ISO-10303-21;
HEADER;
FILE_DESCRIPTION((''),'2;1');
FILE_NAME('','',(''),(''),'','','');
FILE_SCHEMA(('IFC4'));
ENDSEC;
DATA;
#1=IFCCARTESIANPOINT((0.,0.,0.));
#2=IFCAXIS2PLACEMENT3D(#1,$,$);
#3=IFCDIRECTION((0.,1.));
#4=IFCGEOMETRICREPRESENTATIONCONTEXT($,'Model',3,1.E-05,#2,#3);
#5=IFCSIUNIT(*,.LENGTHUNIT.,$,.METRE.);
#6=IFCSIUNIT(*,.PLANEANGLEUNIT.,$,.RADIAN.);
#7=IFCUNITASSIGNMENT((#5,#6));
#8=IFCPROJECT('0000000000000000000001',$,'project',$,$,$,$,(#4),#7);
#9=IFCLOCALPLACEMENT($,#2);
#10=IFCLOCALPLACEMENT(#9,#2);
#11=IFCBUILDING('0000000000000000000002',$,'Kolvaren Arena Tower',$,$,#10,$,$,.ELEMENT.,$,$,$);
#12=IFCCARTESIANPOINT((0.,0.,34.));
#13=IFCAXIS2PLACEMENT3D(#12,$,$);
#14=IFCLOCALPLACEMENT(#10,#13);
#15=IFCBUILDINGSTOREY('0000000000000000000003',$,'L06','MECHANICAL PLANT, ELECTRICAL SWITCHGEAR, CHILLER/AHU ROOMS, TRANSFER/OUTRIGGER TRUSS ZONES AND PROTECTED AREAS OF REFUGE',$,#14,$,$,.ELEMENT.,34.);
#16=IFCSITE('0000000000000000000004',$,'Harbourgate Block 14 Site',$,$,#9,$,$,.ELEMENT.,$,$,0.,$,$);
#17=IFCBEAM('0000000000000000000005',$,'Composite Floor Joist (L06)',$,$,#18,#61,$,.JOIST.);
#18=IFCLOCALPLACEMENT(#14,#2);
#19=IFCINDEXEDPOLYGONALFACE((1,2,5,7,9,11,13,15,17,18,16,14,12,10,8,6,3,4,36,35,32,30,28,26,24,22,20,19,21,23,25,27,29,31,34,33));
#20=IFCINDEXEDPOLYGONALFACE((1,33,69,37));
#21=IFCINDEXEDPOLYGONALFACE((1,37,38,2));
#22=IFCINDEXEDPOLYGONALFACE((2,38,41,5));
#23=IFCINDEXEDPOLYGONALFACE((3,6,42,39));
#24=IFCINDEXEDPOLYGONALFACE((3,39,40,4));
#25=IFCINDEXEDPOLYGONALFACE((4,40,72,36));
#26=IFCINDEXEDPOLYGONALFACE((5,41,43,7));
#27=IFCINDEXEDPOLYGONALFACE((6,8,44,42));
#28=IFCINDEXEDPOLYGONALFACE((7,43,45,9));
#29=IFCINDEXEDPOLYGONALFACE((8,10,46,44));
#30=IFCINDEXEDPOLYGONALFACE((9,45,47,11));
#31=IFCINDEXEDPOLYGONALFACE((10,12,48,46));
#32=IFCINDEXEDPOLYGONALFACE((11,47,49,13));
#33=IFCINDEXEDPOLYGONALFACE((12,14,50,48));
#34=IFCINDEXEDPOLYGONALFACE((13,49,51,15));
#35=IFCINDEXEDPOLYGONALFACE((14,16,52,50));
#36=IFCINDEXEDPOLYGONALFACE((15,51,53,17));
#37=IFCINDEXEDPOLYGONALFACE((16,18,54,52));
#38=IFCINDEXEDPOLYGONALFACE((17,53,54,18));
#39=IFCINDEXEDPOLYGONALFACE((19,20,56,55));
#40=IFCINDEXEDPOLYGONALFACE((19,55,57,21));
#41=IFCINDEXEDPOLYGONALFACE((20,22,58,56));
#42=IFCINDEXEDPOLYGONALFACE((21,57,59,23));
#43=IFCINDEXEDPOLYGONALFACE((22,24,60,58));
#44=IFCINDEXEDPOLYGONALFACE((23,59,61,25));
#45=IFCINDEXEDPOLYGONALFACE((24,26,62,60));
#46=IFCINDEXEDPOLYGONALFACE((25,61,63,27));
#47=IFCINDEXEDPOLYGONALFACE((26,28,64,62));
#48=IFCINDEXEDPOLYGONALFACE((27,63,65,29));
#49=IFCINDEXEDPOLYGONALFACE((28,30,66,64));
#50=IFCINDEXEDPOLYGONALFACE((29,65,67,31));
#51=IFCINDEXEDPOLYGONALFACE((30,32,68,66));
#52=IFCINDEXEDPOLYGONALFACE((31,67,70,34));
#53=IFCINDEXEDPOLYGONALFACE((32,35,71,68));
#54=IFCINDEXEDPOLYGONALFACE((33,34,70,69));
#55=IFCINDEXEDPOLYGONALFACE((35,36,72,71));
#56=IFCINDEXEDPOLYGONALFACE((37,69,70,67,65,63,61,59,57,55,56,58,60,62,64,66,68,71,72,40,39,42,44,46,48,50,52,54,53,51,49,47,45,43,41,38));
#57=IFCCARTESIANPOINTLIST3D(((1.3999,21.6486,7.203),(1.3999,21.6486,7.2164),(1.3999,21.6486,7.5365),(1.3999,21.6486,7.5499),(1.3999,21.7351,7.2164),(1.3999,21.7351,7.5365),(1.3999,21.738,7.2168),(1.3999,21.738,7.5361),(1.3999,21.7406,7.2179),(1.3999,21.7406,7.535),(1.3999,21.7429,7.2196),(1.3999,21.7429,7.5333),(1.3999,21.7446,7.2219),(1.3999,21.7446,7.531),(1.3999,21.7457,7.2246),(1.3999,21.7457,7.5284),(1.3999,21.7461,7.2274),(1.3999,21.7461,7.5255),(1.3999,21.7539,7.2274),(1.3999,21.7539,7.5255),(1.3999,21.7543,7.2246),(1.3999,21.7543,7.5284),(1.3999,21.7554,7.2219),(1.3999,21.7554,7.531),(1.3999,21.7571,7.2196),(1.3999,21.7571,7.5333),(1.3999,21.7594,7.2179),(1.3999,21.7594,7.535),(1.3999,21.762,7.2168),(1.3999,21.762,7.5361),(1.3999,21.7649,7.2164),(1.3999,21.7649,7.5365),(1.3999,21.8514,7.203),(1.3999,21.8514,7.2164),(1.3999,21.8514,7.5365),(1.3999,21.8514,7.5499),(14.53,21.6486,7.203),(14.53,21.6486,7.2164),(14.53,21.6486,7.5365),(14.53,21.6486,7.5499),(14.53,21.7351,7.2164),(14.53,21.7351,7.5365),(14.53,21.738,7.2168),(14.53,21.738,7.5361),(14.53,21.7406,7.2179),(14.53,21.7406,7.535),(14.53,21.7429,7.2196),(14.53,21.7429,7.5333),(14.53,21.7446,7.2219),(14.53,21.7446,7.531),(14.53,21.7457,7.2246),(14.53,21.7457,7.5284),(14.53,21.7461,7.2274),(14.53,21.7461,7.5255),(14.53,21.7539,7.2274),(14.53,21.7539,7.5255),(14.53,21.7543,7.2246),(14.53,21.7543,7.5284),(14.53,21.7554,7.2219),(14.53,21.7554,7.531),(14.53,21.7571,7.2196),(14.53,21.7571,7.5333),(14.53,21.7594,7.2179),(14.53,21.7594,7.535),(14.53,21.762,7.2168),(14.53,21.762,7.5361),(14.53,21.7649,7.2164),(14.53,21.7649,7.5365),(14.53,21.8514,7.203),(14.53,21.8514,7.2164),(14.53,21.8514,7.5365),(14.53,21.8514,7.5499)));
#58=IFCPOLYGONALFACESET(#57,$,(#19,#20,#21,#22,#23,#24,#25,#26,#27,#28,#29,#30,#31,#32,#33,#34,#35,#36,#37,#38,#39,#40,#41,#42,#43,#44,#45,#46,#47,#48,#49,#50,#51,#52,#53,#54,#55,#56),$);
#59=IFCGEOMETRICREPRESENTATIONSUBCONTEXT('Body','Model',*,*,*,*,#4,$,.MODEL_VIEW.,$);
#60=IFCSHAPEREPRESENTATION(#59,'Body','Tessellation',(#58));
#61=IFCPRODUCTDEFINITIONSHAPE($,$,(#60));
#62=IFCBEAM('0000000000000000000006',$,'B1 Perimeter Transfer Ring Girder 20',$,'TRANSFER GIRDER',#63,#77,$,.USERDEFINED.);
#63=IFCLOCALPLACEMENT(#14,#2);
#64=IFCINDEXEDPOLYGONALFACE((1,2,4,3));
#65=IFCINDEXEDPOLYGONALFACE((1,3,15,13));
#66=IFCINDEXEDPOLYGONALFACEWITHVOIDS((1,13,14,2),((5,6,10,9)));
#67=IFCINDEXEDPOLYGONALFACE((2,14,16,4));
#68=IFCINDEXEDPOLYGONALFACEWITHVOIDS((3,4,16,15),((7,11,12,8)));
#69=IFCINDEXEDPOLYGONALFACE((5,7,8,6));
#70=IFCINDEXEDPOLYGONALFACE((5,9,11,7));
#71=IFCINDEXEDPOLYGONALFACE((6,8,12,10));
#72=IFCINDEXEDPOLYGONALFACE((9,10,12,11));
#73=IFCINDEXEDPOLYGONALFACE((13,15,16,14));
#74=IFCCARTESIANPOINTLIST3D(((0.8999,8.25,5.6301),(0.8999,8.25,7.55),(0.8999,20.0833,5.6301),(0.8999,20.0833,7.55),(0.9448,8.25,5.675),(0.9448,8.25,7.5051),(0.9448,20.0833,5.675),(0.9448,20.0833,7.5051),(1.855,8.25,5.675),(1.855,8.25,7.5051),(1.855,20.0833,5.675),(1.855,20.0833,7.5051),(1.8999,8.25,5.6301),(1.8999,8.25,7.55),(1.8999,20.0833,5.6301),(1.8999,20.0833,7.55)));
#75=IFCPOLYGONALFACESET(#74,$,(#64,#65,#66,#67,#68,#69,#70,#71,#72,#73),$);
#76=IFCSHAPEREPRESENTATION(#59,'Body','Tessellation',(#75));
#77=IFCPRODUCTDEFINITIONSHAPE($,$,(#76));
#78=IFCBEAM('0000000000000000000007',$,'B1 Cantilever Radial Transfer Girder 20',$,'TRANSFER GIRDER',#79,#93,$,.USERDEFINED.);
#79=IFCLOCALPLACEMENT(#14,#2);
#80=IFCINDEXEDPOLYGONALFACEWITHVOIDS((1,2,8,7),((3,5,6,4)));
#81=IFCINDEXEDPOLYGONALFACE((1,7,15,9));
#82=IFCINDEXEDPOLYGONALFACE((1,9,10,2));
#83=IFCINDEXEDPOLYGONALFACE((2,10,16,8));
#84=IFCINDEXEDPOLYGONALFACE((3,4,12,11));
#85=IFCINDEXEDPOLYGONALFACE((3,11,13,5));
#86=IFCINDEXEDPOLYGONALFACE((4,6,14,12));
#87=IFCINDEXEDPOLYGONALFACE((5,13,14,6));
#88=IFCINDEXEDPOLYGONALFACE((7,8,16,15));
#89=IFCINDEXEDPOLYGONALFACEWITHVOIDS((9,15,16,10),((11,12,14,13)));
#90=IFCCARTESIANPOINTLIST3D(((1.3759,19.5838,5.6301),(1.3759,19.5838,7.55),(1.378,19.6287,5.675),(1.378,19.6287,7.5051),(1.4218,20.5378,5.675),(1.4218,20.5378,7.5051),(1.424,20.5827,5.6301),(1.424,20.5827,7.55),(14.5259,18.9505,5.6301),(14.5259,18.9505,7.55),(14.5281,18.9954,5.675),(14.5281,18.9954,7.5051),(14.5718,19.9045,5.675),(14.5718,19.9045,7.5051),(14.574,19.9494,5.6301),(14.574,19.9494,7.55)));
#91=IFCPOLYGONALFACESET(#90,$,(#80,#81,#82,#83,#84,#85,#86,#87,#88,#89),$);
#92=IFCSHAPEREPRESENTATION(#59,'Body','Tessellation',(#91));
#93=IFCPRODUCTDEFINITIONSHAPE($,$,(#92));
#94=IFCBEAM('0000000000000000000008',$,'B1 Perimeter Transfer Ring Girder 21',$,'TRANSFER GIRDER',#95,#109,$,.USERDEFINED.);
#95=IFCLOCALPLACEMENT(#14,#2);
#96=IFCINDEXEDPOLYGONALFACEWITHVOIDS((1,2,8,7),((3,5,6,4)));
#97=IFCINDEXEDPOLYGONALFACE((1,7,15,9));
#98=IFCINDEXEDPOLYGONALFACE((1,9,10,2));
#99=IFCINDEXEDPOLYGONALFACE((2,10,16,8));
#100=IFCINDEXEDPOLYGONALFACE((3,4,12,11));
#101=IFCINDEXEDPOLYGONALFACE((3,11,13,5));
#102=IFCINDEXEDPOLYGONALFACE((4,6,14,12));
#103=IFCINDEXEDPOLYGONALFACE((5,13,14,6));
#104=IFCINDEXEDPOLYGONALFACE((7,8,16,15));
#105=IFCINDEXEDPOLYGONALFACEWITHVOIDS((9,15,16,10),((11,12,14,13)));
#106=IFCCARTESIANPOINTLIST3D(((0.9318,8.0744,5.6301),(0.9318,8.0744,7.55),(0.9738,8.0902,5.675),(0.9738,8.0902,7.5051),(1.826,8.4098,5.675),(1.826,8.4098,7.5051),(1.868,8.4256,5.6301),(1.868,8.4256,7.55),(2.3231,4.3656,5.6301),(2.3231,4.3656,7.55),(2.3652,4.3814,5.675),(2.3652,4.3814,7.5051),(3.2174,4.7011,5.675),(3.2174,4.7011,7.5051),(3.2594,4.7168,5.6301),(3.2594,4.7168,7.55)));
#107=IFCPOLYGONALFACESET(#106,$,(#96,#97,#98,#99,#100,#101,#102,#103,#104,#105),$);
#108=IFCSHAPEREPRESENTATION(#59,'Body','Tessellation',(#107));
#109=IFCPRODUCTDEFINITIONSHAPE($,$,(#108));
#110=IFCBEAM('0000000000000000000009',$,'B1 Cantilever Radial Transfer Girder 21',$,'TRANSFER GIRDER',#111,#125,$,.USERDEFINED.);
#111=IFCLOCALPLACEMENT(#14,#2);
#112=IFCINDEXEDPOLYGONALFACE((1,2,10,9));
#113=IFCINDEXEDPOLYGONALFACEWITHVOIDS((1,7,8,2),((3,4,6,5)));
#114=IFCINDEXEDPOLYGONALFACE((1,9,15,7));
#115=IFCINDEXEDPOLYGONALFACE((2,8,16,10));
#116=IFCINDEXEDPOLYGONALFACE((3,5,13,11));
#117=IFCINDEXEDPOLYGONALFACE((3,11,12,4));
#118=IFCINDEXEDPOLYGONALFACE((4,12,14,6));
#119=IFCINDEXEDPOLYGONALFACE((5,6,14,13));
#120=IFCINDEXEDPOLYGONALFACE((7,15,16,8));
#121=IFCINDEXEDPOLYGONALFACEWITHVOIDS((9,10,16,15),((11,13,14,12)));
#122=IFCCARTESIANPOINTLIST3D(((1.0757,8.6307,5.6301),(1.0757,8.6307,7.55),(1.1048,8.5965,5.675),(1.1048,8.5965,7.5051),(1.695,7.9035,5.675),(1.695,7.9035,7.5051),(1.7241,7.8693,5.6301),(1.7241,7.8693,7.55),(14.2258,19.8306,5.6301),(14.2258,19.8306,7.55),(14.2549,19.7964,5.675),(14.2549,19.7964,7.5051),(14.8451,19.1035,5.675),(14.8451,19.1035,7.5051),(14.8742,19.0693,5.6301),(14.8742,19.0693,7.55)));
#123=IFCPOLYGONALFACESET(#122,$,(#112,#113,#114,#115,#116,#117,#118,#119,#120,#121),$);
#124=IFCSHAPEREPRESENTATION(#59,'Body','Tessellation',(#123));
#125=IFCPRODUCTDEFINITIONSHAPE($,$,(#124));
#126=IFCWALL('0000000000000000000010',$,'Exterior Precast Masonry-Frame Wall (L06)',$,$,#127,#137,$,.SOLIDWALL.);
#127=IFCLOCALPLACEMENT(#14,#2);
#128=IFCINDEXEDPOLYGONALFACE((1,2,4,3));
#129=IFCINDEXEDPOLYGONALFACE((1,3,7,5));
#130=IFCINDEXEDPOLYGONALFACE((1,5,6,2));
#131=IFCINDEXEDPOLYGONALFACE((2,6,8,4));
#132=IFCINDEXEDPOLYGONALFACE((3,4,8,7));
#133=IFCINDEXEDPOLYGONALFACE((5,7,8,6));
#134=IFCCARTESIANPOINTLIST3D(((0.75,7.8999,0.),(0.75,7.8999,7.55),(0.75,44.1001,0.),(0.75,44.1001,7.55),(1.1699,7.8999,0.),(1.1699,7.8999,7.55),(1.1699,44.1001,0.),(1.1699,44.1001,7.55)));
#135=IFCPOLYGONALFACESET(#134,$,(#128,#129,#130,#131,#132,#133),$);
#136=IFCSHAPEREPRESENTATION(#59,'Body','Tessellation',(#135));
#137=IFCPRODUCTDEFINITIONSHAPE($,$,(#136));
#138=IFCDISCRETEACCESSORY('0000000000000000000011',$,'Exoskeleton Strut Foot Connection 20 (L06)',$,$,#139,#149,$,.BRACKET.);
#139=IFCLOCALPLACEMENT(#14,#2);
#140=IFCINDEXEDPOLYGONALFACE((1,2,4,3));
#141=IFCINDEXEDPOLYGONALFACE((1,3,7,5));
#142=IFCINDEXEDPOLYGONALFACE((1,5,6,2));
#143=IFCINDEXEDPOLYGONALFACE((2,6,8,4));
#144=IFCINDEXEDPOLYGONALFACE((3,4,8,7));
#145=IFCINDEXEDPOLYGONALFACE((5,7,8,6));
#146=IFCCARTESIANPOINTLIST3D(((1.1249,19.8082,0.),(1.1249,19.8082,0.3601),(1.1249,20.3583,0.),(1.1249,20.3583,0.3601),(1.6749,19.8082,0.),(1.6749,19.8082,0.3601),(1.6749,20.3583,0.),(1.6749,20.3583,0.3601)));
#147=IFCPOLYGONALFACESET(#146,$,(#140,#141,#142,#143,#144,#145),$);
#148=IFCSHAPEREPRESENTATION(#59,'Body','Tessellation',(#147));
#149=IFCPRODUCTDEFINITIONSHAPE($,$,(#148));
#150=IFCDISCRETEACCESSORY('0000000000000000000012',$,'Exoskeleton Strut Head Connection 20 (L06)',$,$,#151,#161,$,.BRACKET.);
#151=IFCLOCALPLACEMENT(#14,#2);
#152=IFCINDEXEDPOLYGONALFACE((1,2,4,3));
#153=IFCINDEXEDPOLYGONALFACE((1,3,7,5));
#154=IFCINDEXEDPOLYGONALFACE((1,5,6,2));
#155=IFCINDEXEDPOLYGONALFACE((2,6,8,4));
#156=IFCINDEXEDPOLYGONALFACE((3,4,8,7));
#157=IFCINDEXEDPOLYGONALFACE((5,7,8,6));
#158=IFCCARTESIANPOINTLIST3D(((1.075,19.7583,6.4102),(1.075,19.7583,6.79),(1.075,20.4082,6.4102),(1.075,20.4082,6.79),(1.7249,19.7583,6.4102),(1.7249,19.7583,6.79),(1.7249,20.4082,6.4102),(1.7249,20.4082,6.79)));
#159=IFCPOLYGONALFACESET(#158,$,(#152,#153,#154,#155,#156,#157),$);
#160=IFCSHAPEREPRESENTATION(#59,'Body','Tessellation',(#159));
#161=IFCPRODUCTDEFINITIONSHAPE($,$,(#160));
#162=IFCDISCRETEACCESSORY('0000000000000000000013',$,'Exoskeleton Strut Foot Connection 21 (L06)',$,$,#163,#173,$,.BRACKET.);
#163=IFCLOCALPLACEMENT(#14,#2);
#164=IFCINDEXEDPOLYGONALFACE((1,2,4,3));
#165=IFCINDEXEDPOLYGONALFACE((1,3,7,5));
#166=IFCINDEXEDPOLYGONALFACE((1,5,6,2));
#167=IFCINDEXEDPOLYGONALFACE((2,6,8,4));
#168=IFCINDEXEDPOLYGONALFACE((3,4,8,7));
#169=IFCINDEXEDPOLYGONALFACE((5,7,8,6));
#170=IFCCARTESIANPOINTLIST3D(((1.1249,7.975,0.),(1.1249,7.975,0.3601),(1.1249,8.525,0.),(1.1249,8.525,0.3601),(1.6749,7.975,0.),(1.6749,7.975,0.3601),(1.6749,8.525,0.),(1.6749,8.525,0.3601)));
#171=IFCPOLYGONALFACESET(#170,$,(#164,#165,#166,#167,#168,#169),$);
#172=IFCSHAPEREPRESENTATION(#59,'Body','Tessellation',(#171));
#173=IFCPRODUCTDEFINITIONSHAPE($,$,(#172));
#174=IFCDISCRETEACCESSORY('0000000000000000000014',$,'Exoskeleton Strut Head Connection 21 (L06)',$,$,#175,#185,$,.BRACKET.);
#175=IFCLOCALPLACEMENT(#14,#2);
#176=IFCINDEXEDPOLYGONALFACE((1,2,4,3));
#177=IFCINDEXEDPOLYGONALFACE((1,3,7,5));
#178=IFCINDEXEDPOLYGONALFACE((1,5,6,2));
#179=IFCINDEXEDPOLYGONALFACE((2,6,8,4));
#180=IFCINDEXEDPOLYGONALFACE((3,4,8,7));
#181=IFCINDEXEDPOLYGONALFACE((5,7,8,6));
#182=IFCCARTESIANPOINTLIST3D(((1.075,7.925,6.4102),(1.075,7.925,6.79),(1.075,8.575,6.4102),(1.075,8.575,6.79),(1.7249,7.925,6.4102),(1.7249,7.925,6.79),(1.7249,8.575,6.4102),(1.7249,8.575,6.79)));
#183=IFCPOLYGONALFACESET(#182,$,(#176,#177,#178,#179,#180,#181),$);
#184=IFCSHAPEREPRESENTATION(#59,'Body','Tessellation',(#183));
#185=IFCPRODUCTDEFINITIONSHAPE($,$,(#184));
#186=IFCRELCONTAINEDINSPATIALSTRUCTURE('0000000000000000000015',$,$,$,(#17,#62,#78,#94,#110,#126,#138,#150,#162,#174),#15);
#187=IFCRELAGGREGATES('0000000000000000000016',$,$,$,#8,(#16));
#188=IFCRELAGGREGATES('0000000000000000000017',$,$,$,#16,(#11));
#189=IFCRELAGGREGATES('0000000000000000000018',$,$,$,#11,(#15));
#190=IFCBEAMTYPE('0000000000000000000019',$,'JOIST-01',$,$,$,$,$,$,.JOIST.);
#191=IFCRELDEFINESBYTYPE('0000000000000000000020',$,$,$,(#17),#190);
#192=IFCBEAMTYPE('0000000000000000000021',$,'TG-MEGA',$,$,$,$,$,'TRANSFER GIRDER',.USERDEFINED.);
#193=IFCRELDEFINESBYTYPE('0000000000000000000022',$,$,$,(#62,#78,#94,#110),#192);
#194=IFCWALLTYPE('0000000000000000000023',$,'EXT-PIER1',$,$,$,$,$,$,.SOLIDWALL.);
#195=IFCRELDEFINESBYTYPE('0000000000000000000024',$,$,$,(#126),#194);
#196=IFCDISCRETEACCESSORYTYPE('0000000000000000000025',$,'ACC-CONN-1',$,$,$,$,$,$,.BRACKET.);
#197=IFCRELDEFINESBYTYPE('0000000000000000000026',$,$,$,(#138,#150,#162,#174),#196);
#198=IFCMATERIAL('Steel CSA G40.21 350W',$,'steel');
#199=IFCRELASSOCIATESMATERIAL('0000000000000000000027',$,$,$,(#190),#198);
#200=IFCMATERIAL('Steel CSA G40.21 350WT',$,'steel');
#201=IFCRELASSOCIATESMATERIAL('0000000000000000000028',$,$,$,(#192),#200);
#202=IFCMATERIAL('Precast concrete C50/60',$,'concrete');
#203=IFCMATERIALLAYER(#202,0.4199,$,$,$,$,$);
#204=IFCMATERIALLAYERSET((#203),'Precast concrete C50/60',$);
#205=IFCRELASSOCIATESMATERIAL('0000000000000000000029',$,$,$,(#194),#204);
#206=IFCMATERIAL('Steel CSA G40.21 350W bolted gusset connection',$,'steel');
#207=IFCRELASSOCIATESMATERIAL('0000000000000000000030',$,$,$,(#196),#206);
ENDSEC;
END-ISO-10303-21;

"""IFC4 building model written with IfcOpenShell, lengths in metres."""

from ifc_helpers import new_model, si_unit, direction, frame, frame_2d, origin, origin_2d, place, context, subcontext, project, spatial, rectangle, hollow_rectangle, i_section, extrude, material, layer, layer_set, material_profile, profile_set, type_object, element, save


model = new_model("IFC4")

# Units and contexts
model_context = context("Model", 3, precision=1e-05, world=origin(), true_north=direction((0.0, 1.0)))
body_context = subcontext(model_context, "Body", "Model", "MODEL_VIEW")
ifc_project = project(units=[si_unit("LENGTHUNIT", "METRE"), si_unit("PLANEANGLEUNIT", "RADIAN")], contexts=[model_context])

# Site, building, storey
site_placement = place(None, origin())
site = spatial("IfcSite", under=ifc_project, at=site_placement, Name="Harbourgate Block 14 Site", CompositionType="ELEMENT", RefElevation=0.0)
building_placement = place(site_placement, origin())
building = spatial("IfcBuilding", under=site, at=building_placement, Name="Kolvaren Arena Tower", CompositionType="ELEMENT")
storey_placement = place(building_placement, frame((0.0, 0.0, 34.0)))
storey = spatial("IfcBuildingStorey", under=building, at=storey_placement, Name="L06", Description="MECHANICAL PLANT, ELECTRICAL SWITCHGEAR, CHILLER/AHU ROOMS, TRANSFER/OUTRIGGER TRUSS ZONES AND PROTECTED AREAS OF REFUGE", CompositionType="ELEMENT", Elevation=34.0)

# Shared definitions
ifc_material_1 = material(Name="Steel CSA G40.21 350W", Category="steel")

# Shared definitions
ifc_material_2 = material(Name="Steel CSA G40.21 350WT", Category="steel")

# Beams
ifc_material_profile_1 = material_profile(ifc_material_1, i_section(OverallWidth=0.2029, OverallDepth=0.3469, WebThickness=0.0078, FlangeThickness=0.0134, FilletRadius=0.011, at=origin_2d()), Name="W360x64")
ifc_profile_set_1 = profile_set([ifc_material_profile_1], Name="Steel CSA G40.21 350W")
beam_type_1 = type_object("IfcBeamType", Name="JOIST-01", PredefinedType="JOIST", material=ifc_profile_set_1)
beam_1_placement = place(storey_placement, frame((1.3999, 21.75, 7.3765), z_axis=(1.0, 0.0, 0.0), x_axis=(0.0, 1.0, 0.0)))
element("IfcBeam", 1, at=beam_1_placement, inside=storey, type_object=beam_type_1, Name="Composite Floor Joist (L06)", PredefinedType="JOIST", context=body_context, shape_type="SweptSolid", body=[
    extrude(i_section(OverallWidth=0.2029, OverallDepth=0.3469, WebThickness=0.0078, FlangeThickness=0.0134, FilletRadius=0.011, at=origin_2d()), origin(), (0.0, 0.0, 1.0), 13.1301),
])
ifc_material_profile_2 = material_profile(ifc_material_2, hollow_rectangle(XDim=1.0, YDim=1.9199, WallThickness=0.0449, at=origin_2d()), Name="BOX 1000x1920x45")
ifc_profile_set_2 = profile_set([ifc_material_profile_2], Name="Steel CSA G40.21 350WT")
beam_type_2 = type_object("IfcBeamType", Name="TG-MEGA", ElementType="TRANSFER GIRDER", PredefinedType="USERDEFINED", material=ifc_profile_set_2)
beam_2_placement = place(storey_placement, frame((1.3999, 20.0833, 6.5901), z_axis=(0.0, -1.0, 0.0), x_axis=(1.0, 0.0, 0.0)))
element("IfcBeam", 2, at=beam_2_placement, inside=storey, type_object=beam_type_2, Name="B1 Perimeter Transfer Ring Girder 20", ObjectType="TRANSFER GIRDER", PredefinedType="USERDEFINED", context=body_context, shape_type="SweptSolid", body=[
    extrude(hollow_rectangle(XDim=1.0, YDim=1.9199, WallThickness=0.0449, at=origin_2d()), origin(), (0.0, 0.0, 1.0), 11.8333),
])
beam_3_placement = place(storey_placement, frame((1.3999, 20.0833, 6.5901), z_axis=(0.998842, -0.048103, 0.0), x_axis=(0.048103, 0.998842, 0.0)))
element("IfcBeam", 3, at=beam_3_placement, inside=storey, type_object=beam_type_2, Name="B1 Cantilever Radial Transfer Girder 20", ObjectType="TRANSFER GIRDER", PredefinedType="USERDEFINED", context=body_context, shape_type="SweptSolid", body=[
    extrude(hollow_rectangle(XDim=1.0, YDim=1.9199, WallThickness=0.0449, at=origin_2d()), origin(), (0.0, 0.0, 1.0), 13.1653),
])
beam_4_placement = place(storey_placement, frame((1.3999, 8.25, 6.5901), z_axis=(0.351252, -0.936281, 0.0), x_axis=(0.936281, 0.351252, 0.0)))
element("IfcBeam", 4, at=beam_4_placement, inside=storey, type_object=beam_type_2, Name="B1 Perimeter Transfer Ring Girder 21", ObjectType="TRANSFER GIRDER", PredefinedType="USERDEFINED", context=body_context, shape_type="SweptSolid", body=[
    extrude(hollow_rectangle(XDim=1.0, YDim=1.9199, WallThickness=0.0449, at=origin_2d()), origin(), (0.0, 0.0, 1.0), 3.9612),
])
beam_5_placement = place(storey_placement, frame((1.3999, 8.25, 6.5901), z_axis=(0.761301, 0.648399, 0.0), x_axis=(-0.648399, 0.761301, 0.0)))
element("IfcBeam", 5, at=beam_5_placement, inside=storey, type_object=beam_type_2, Name="B1 Cantilever Radial Transfer Girder 21", ObjectType="TRANSFER GIRDER", PredefinedType="USERDEFINED", context=body_context, shape_type="SweptSolid", body=[
    extrude(hollow_rectangle(XDim=1.0, YDim=1.9199, WallThickness=0.0449, at=origin_2d()), origin(), (0.0, 0.0, 1.0), 17.2732),
])

# Wall
ifc_material_3 = material(Name="Precast concrete C50/60", Category="concrete")
ifc_layer = layer(ifc_material_3, 0.4199)
ifc_layer_set = layer_set([ifc_layer], Name="Precast concrete C50/60")
wall_type = type_object("IfcWallType", Name="EXT-PIER1", PredefinedType="SOLIDWALL", material=ifc_layer_set)
wall_placement = place(storey_placement, frame((0.96, 7.8999, 0.0), z_axis=(0.0, 0.0, 1.0), x_axis=(0.0, 1.0, 0.0)))
element("IfcWall", 6, at=wall_placement, inside=storey, type_object=wall_type, Name="Exterior Precast Masonry-Frame Wall (L06)", PredefinedType="SOLIDWALL", context=body_context, shape_type="SweptSolid", body=[
    extrude(rectangle(XDim=36.2002, YDim=0.4199, at=frame_2d((18.1001, 0.0))), origin(), (0.0, 0.0, 1.0), 7.55),
])

# Discrete accessories
ifc_material_4 = material(Name="Steel CSA G40.21 350W bolted gusset connection", Category="steel")
discrete_accessory_type = type_object("IfcDiscreteAccessoryType", Name="ACC-CONN-1", PredefinedType="BRACKET", material=ifc_material_4)
discrete_accessory_1_placement = place(storey_placement, frame((1.3999, 20.0833, 0.0), z_axis=(0.0, 0.0, 1.0), x_axis=(1.0, 0.0, 0.0)))
element("IfcDiscreteAccessory", 7, at=discrete_accessory_1_placement, inside=storey, type_object=discrete_accessory_type, Name="Exoskeleton Strut Foot Connection 20 (L06)", PredefinedType="BRACKET", context=body_context, shape_type="SweptSolid", body=[
    extrude(rectangle(XDim=0.55, YDim=0.55, at=origin_2d()), origin(), (0.0, 0.0, 1.0), 0.3601),
])
discrete_accessory_2_placement = place(storey_placement, frame((1.3999, 20.0833, 6.4102), z_axis=(0.0, 0.0, 1.0), x_axis=(1.0, 0.0, 0.0)))
element("IfcDiscreteAccessory", 8, at=discrete_accessory_2_placement, inside=storey, type_object=discrete_accessory_type, Name="Exoskeleton Strut Head Connection 20 (L06)", PredefinedType="BRACKET", context=body_context, shape_type="SweptSolid", body=[
    extrude(rectangle(XDim=0.6499, YDim=0.6499, at=origin_2d()), origin(), (0.0, 0.0, 1.0), 0.3799),
])
discrete_accessory_3_placement = place(storey_placement, frame((1.3999, 8.25, 0.0), z_axis=(0.0, 0.0, 1.0), x_axis=(1.0, 0.0, 0.0)))
element("IfcDiscreteAccessory", 9, at=discrete_accessory_3_placement, inside=storey, type_object=discrete_accessory_type, Name="Exoskeleton Strut Foot Connection 21 (L06)", PredefinedType="BRACKET", context=body_context, shape_type="SweptSolid", body=[
    extrude(rectangle(XDim=0.55, YDim=0.55, at=origin_2d()), origin(), (0.0, 0.0, 1.0), 0.3601),
])
discrete_accessory_4_placement = place(storey_placement, frame((1.3999, 8.25, 6.4102), z_axis=(0.0, 0.0, 1.0), x_axis=(1.0, 0.0, 0.0)))
element("IfcDiscreteAccessory", 10, at=discrete_accessory_4_placement, inside=storey, type_object=discrete_accessory_type, Name="Exoskeleton Strut Head Connection 21 (L06)", PredefinedType="BRACKET", context=body_context, shape_type="SweptSolid", body=[
    extrude(rectangle(XDim=0.6499, YDim=0.6499, at=origin_2d()), origin(), (0.0, 0.0, 1.0), 0.3799),
])

save(model, "model.ifc")
